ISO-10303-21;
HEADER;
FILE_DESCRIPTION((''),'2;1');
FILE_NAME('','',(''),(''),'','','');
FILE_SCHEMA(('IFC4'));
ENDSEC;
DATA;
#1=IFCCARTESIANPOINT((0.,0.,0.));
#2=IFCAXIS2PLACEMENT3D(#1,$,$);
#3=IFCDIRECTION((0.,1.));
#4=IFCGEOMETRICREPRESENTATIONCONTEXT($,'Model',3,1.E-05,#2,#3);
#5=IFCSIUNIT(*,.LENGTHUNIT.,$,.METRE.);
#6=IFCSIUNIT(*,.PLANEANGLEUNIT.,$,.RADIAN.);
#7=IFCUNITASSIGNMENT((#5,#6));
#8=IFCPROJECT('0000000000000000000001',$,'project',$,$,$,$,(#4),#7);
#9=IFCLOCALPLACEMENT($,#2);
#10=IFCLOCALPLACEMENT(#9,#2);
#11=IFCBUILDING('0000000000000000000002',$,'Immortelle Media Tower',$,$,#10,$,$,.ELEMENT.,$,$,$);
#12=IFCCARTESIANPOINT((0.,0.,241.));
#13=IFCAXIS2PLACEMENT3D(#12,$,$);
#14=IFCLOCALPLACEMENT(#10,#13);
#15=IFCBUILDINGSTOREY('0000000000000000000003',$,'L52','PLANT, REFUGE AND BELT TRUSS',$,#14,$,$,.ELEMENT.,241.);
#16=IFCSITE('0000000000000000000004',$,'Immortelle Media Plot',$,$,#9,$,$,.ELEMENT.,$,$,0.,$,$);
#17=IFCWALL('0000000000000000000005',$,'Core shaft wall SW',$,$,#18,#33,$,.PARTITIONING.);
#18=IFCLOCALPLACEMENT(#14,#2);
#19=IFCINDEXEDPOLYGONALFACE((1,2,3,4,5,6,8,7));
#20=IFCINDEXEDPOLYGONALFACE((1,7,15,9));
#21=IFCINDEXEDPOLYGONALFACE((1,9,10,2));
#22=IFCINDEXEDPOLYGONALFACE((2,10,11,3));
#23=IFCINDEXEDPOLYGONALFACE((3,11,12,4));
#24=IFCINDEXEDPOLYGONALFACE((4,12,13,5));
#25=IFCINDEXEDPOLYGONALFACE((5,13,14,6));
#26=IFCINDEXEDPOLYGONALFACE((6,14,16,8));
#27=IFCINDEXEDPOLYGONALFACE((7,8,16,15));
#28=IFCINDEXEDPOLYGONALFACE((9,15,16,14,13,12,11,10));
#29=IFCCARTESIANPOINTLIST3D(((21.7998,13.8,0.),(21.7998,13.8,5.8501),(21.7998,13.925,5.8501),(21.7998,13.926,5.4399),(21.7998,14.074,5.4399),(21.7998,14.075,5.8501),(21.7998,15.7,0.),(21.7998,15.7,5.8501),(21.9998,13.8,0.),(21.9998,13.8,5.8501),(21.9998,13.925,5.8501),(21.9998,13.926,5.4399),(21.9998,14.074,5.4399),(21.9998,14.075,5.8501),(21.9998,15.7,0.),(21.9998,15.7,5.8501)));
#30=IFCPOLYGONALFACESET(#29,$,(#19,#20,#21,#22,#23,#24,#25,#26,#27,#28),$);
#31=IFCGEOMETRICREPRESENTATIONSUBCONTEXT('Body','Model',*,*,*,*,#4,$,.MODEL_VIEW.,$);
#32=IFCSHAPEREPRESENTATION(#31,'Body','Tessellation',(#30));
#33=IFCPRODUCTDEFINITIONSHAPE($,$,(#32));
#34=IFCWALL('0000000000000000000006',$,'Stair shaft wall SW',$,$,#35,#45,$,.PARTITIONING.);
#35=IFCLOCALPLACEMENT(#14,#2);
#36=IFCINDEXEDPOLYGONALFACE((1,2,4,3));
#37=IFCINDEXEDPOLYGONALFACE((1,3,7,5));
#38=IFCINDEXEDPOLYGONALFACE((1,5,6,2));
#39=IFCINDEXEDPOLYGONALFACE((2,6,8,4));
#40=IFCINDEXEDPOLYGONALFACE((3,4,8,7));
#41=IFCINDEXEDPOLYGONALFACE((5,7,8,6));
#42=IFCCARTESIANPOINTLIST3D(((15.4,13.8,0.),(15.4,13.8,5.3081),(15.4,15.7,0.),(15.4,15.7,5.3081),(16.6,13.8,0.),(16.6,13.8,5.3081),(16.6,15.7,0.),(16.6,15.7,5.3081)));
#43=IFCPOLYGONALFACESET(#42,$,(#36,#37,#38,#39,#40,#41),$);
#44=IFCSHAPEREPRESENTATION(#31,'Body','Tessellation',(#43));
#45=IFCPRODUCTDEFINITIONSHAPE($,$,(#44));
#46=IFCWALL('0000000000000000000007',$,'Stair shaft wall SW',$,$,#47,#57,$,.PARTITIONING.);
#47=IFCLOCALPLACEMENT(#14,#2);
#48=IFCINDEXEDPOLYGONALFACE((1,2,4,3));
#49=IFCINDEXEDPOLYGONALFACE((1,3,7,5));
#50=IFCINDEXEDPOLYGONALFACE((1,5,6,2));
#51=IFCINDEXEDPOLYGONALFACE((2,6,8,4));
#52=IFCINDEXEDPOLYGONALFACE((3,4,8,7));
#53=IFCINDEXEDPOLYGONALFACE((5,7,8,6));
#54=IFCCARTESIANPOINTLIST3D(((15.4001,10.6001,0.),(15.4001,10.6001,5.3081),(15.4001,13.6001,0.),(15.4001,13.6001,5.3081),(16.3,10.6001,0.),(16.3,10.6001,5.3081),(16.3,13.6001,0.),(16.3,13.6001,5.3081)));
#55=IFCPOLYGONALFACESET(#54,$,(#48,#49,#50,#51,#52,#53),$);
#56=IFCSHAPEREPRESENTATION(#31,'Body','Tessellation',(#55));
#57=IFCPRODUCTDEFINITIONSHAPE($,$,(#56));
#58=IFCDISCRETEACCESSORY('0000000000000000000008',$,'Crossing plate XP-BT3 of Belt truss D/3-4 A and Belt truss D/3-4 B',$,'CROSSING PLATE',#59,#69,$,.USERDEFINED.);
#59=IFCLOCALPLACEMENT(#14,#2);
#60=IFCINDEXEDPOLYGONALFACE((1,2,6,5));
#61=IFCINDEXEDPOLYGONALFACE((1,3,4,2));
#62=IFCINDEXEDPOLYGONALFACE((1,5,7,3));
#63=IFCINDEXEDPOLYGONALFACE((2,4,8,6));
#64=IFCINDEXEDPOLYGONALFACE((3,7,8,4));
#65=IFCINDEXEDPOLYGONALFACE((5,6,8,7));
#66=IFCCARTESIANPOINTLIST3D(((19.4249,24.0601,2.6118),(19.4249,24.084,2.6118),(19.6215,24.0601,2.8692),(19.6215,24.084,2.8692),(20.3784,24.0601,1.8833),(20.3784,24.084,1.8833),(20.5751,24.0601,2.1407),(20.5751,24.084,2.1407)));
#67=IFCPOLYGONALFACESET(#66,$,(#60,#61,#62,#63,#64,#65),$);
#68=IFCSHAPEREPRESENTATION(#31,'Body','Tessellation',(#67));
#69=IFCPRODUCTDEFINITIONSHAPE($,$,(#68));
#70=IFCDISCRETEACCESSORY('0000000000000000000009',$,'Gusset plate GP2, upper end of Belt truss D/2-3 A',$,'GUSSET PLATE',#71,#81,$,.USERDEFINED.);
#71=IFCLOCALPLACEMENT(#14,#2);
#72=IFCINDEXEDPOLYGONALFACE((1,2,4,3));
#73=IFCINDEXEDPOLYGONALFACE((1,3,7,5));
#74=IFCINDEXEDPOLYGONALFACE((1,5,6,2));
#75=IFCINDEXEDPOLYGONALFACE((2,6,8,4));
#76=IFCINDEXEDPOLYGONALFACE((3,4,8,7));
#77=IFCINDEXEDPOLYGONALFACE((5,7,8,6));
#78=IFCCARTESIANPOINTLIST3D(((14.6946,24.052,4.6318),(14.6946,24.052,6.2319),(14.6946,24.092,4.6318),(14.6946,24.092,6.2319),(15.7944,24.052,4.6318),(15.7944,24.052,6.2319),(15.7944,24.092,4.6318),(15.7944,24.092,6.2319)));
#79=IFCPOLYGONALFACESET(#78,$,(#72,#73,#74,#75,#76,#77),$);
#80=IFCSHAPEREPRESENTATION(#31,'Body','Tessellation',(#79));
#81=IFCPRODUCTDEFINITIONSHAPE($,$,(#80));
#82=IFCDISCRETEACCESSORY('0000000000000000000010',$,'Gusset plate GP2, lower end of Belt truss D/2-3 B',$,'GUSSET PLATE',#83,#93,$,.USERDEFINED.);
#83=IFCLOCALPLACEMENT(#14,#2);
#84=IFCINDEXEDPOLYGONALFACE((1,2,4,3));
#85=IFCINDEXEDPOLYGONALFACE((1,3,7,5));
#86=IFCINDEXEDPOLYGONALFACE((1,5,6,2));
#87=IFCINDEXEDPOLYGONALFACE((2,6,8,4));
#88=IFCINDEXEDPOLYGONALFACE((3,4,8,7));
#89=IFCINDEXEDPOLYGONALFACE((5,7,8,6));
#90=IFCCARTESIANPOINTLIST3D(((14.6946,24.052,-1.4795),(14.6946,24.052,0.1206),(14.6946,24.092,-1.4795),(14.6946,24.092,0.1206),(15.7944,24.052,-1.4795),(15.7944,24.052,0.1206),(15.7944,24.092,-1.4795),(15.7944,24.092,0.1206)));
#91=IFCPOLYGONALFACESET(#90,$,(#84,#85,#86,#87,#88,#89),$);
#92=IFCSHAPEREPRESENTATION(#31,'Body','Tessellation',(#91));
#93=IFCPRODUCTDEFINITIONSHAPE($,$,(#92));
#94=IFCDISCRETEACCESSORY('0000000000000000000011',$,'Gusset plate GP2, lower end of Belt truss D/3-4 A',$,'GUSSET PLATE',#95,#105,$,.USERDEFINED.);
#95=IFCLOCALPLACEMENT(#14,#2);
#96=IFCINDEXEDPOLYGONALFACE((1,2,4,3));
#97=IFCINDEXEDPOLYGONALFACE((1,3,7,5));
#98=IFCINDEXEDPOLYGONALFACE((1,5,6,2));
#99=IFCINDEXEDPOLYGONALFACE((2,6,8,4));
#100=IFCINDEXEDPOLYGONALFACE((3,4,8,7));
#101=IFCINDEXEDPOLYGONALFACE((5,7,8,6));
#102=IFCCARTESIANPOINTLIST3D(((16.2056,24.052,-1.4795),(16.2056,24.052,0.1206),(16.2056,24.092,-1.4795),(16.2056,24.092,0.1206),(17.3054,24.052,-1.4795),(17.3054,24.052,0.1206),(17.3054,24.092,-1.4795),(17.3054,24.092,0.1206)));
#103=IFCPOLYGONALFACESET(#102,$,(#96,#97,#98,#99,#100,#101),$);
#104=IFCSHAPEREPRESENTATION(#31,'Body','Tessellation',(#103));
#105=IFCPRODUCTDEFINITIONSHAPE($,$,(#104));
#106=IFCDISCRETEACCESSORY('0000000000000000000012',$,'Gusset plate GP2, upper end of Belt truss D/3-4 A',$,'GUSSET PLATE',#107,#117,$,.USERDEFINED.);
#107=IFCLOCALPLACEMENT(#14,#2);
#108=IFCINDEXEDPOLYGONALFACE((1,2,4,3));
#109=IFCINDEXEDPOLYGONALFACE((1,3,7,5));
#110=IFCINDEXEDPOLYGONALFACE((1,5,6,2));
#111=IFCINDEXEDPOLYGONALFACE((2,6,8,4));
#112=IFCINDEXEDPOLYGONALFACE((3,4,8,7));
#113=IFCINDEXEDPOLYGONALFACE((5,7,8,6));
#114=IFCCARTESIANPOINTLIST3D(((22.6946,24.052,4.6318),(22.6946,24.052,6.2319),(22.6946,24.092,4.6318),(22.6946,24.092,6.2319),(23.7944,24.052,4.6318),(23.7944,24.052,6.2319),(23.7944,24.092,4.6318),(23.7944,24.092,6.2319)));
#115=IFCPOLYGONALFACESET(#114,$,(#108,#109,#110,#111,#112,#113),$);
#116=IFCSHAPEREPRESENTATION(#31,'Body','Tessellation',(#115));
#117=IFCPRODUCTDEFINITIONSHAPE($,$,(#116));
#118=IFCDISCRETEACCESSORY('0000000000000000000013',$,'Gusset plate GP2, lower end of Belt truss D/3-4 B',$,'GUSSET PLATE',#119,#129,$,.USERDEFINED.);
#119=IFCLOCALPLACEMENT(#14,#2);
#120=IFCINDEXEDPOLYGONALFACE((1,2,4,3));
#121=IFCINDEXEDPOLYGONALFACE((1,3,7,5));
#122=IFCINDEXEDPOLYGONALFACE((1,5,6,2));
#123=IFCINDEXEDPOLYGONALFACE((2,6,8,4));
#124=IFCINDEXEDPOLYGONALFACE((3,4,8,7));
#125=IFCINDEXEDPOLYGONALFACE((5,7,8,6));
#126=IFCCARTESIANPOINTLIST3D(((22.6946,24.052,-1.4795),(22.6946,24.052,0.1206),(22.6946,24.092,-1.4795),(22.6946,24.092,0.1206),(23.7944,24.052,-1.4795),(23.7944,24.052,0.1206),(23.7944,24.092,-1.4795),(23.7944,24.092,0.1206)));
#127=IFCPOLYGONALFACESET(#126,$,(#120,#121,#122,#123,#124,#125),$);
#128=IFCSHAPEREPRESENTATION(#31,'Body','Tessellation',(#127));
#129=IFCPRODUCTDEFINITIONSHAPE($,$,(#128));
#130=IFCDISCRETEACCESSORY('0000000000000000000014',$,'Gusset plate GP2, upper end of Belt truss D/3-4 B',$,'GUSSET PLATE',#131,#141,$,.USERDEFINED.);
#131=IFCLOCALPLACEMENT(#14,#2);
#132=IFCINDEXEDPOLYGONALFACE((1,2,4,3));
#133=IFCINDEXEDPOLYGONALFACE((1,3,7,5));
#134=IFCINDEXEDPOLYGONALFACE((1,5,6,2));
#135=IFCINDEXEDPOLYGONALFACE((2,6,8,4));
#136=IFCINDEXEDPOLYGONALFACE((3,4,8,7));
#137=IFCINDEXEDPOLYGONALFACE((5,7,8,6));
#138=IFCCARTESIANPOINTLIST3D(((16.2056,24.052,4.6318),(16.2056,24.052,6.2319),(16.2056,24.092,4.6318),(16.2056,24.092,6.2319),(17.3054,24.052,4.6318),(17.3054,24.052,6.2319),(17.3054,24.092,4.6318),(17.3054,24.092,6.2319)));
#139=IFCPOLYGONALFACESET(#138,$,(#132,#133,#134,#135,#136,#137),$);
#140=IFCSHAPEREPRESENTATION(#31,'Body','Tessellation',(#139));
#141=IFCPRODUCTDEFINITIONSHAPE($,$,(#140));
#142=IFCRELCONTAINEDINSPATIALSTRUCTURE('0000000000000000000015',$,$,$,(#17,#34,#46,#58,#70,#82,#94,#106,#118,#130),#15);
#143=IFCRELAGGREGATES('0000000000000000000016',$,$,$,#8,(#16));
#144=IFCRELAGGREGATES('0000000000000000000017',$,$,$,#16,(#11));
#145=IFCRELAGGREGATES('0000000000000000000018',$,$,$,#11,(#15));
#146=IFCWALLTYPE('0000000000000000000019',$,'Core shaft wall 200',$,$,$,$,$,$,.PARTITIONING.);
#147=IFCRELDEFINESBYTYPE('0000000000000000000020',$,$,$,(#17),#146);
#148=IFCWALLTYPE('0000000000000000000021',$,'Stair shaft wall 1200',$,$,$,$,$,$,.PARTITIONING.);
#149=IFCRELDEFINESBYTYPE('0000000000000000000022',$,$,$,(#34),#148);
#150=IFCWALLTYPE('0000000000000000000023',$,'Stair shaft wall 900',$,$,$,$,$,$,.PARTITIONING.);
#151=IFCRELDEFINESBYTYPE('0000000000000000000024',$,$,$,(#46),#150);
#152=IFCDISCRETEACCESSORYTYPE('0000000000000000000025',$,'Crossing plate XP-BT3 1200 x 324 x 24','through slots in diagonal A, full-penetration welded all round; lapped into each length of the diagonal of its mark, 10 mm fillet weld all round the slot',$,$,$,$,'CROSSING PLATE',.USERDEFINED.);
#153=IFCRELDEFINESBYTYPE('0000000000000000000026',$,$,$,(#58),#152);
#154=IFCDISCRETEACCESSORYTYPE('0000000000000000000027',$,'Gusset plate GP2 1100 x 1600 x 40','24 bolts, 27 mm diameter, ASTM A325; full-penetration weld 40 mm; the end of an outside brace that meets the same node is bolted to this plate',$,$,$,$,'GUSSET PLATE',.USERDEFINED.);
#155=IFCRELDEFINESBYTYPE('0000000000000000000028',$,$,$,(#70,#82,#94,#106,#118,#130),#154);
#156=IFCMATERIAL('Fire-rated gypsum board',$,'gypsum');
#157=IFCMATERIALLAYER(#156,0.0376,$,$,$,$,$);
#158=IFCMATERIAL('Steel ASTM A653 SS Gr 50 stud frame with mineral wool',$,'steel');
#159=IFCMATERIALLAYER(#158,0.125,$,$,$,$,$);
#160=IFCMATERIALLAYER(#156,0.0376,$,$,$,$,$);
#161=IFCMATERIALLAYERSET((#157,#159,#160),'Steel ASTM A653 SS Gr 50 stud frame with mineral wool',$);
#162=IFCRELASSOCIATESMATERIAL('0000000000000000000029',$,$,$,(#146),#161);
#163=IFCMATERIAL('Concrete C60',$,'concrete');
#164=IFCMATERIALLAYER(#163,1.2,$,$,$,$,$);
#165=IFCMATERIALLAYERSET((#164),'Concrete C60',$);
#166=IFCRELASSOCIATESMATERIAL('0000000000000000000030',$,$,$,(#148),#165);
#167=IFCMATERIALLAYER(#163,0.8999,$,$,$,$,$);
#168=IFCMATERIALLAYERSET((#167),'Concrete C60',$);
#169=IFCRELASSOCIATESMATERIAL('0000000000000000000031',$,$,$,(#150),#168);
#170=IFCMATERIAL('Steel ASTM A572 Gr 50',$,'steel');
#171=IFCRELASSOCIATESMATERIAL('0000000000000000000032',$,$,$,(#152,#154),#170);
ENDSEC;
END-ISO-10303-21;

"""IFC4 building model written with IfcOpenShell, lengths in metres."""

from ifc_helpers import new_model, si_unit, direction, frame, frame_2d, origin, origin_2d, place, context, subcontext, project, spatial, polyline, rectangle, outline, extrude, material, layer, layer_set, material_profile, profile_set, type_object, element, save


model = new_model("IFC4")

# Units and contexts
model_context = context("Model", 3, precision=1e-05, world=origin(), true_north=direction((0.0, 1.0)))
body_context = subcontext(model_context, "Body", "Model", "MODEL_VIEW")
ifc_project = project(units=[si_unit("LENGTHUNIT", "METRE"), si_unit("PLANEANGLEUNIT", "RADIAN")], contexts=[model_context])

# Site, building, storey
site_placement = place(None, origin())
site = spatial("IfcSite", under=ifc_project, at=site_placement, Name="Immortelle Media Plot", CompositionType="ELEMENT", RefElevation=0.0)
building_placement = place(site_placement, origin())
building = spatial("IfcBuilding", under=site, at=building_placement, Name="Immortelle Media Tower", CompositionType="ELEMENT")
storey_placement = place(building_placement, frame((0.0, 0.0, 241.0)))
storey = spatial("IfcBuildingStorey", under=building, at=storey_placement, Name="L52", Description="PLANT, REFUGE AND BELT TRUSS", CompositionType="ELEMENT", Elevation=241.0)

# Shared definitions
ifc_material_1 = material(Name="Fire-rated gypsum board", Category="gypsum")
ifc_material_2 = material(Name="Steel ASTM A653 SS Gr 50 stud frame with mineral wool", Category="steel")

# Walls
ifc_layer_1 = layer(ifc_material_1, 0.0376)
ifc_layer_2 = layer(ifc_material_2, 0.125)
ifc_layer_3 = layer(ifc_material_1, 0.0376)
ifc_layer_set_1 = layer_set([ifc_layer_1, ifc_layer_2, ifc_layer_3], Name="Steel ASTM A653 SS Gr 50 stud frame with mineral wool")
wall_type_1 = type_object("IfcWallType", Name="Core shaft wall 200", PredefinedType="PARTITIONING", material=ifc_layer_set_1)
wall_1_placement = place(storey_placement, frame((21.8999, 13.8, 0.0), z_axis=(0.0, 0.0, 1.0), x_axis=(0.0, 1.0, 0.0)))
element("IfcWall", 1, at=wall_1_placement, inside=storey, type_object=wall_type_1, Name="Core shaft wall SW", PredefinedType="PARTITIONING", context=body_context, shape_type="SweptSolid", body=[
    extrude(outline(polyline([(0.0, 0.0), (1.8999, 0.0), (1.8999, 5.8501), (0.2749, 5.8501), (0.2739, 5.4399), (0.126, 5.4399), (0.125, 5.8501), (0.0, 5.8501), (0.0, 0.0)])), frame((0.0, 0.1001, 0.0), z_axis=(0.0, -1.0, 0.0), x_axis=(1.0, 0.0, 0.0)), (0.0, 0.0, 1.0), 0.2),
])
ifc_material_3 = material(Name="Concrete C60", Category="concrete")
ifc_layer_4 = layer(ifc_material_3, 1.2)
ifc_layer_set_2 = layer_set([ifc_layer_4], Name="Concrete C60")
wall_type_2 = type_object("IfcWallType", Name="Stair shaft wall 1200", PredefinedType="PARTITIONING", material=ifc_layer_set_2)
wall_2_placement = place(storey_placement, frame((16.0, 13.8, 0.0), z_axis=(0.0, 0.0, 1.0), x_axis=(0.0, 1.0, 0.0)))
element("IfcWall", 2, at=wall_2_placement, inside=storey, type_object=wall_type_2, Name="Stair shaft wall SW", PredefinedType="PARTITIONING", context=body_context, shape_type="SweptSolid", body=[
    extrude(rectangle(XDim=1.8999, YDim=1.2, at=frame_2d((0.95, 0.0))), origin(), (0.0, 0.0, 1.0), 5.3081),
])
ifc_layer_5 = layer(ifc_material_3, 0.8999)
ifc_layer_set_3 = layer_set([ifc_layer_5], Name="Concrete C60")
wall_type_3 = type_object("IfcWallType", Name="Stair shaft wall 900", PredefinedType="PARTITIONING", material=ifc_layer_set_3)
wall_3_placement = place(storey_placement, frame((15.8501, 10.6001, 0.0), z_axis=(0.0, 0.0, 1.0), x_axis=(0.0, 1.0, 0.0)))
element("IfcWall", 3, at=wall_3_placement, inside=storey, type_object=wall_type_3, Name="Stair shaft wall SW", PredefinedType="PARTITIONING", context=body_context, shape_type="SweptSolid", body=[
    extrude(rectangle(XDim=3.0, YDim=0.8999, at=frame_2d((1.5, 0.0))), origin(), (0.0, 0.0, 1.0), 5.3081),
])

# Discrete accessories
ifc_material_4 = material(Name="Steel ASTM A572 Gr 50", Category="steel")
ifc_material_profile_1 = material_profile(ifc_material_4, rectangle(XDim=0.0239, YDim=0.324, at=origin_2d()), Name="PL 24 x 324")
ifc_profile_set_1 = profile_set([ifc_material_profile_1], Name="Steel ASTM A572 Gr 50")
discrete_accessory_type_1 = type_object("IfcDiscreteAccessoryType", Name="Crossing plate XP-BT3 1200 x 324 x 24", Description="through slots in diagonal A, full-penetration welded all round; lapped into each length of the diagonal of its mark, 10 mm fillet weld all round the slot", ElementType="CROSSING PLATE", PredefinedType="USERDEFINED", material=ifc_profile_set_1)
discrete_accessory_placement = place(storey_placement, frame((19.5232, 24.072, 2.7405), z_axis=(0.794646, 0.0, -0.607072), x_axis=(0.0, 1.0, 0.0)))
element("IfcDiscreteAccessory", 4, at=discrete_accessory_placement, inside=storey, type_object=discrete_accessory_type_1, Name="Crossing plate XP-BT3 of Belt truss D/3-4 A and Belt truss D/3-4 B", ObjectType="CROSSING PLATE", PredefinedType="USERDEFINED", context=body_context, shape_type="SweptSolid", body=[
    extrude(rectangle(XDim=0.0239, YDim=0.324, at=origin_2d()), origin(), (0.0, 0.0, 1.0), 1.2),
])
ifc_material_profile_2 = material_profile(ifc_material_4, rectangle(XDim=0.04, YDim=1.6001, at=origin_2d()), Name="PL 40 x 1600")
ifc_profile_set_2 = profile_set([ifc_material_profile_2], Name="Steel ASTM A572 Gr 50")
discrete_accessory_type_2 = type_object("IfcDiscreteAccessoryType", Name="Gusset plate GP2 1100 x 1600 x 40", Description="24 bolts, 27 mm diameter, ASTM A325; full-penetration weld 40 mm; the end of an outside brace that meets the same node is bolted to this plate", ElementType="GUSSET PLATE", PredefinedType="USERDEFINED", material=ifc_profile_set_2)
for number, where, z_axis, x_axis, name in (
    (5, (15.7944, 24.072, 5.4319), (-1.0, 0.0, 0.0), (0.0, -1.0, 0.0), "Gusset plate GP2, upper end of Belt truss D/2-3 A"),
    (6, (15.7944, 24.072, -0.6794), (-1.0, 0.0, 0.0), (0.0, -1.0, 0.0), "Gusset plate GP2, lower end of Belt truss D/2-3 B"),
    (7, (16.2056, 24.072, -0.6794), (1.0, 0.0, 0.0), (0.0, 1.0, 0.0), "Gusset plate GP2, lower end of Belt truss D/3-4 A"),
    (8, (23.7944, 24.072, 5.4319), (-1.0, 0.0, 0.0), (0.0, -1.0, 0.0), "Gusset plate GP2, upper end of Belt truss D/3-4 A"),
    (9, (23.7944, 24.072, -0.6794), (-1.0, 0.0, 0.0), (0.0, -1.0, 0.0), "Gusset plate GP2, lower end of Belt truss D/3-4 B"),
    (10, (16.2056, 24.072, 5.4319), (1.0, 0.0, 0.0), (0.0, 1.0, 0.0), "Gusset plate GP2, upper end of Belt truss D/3-4 B"),
):
    element("IfcDiscreteAccessory", number, at=place(storey_placement, frame(where, z_axis=z_axis, x_axis=x_axis)), inside=storey, type_object=discrete_accessory_type_2, Name=name, ObjectType="GUSSET PLATE", PredefinedType="USERDEFINED", context=body_context, shape_type="SweptSolid", body=[
        extrude(rectangle(XDim=0.04, YDim=1.6001, at=origin_2d()), origin(), (0.0, 0.0, 1.0), 1.0999),
    ])

save(model, "model.ifc")
